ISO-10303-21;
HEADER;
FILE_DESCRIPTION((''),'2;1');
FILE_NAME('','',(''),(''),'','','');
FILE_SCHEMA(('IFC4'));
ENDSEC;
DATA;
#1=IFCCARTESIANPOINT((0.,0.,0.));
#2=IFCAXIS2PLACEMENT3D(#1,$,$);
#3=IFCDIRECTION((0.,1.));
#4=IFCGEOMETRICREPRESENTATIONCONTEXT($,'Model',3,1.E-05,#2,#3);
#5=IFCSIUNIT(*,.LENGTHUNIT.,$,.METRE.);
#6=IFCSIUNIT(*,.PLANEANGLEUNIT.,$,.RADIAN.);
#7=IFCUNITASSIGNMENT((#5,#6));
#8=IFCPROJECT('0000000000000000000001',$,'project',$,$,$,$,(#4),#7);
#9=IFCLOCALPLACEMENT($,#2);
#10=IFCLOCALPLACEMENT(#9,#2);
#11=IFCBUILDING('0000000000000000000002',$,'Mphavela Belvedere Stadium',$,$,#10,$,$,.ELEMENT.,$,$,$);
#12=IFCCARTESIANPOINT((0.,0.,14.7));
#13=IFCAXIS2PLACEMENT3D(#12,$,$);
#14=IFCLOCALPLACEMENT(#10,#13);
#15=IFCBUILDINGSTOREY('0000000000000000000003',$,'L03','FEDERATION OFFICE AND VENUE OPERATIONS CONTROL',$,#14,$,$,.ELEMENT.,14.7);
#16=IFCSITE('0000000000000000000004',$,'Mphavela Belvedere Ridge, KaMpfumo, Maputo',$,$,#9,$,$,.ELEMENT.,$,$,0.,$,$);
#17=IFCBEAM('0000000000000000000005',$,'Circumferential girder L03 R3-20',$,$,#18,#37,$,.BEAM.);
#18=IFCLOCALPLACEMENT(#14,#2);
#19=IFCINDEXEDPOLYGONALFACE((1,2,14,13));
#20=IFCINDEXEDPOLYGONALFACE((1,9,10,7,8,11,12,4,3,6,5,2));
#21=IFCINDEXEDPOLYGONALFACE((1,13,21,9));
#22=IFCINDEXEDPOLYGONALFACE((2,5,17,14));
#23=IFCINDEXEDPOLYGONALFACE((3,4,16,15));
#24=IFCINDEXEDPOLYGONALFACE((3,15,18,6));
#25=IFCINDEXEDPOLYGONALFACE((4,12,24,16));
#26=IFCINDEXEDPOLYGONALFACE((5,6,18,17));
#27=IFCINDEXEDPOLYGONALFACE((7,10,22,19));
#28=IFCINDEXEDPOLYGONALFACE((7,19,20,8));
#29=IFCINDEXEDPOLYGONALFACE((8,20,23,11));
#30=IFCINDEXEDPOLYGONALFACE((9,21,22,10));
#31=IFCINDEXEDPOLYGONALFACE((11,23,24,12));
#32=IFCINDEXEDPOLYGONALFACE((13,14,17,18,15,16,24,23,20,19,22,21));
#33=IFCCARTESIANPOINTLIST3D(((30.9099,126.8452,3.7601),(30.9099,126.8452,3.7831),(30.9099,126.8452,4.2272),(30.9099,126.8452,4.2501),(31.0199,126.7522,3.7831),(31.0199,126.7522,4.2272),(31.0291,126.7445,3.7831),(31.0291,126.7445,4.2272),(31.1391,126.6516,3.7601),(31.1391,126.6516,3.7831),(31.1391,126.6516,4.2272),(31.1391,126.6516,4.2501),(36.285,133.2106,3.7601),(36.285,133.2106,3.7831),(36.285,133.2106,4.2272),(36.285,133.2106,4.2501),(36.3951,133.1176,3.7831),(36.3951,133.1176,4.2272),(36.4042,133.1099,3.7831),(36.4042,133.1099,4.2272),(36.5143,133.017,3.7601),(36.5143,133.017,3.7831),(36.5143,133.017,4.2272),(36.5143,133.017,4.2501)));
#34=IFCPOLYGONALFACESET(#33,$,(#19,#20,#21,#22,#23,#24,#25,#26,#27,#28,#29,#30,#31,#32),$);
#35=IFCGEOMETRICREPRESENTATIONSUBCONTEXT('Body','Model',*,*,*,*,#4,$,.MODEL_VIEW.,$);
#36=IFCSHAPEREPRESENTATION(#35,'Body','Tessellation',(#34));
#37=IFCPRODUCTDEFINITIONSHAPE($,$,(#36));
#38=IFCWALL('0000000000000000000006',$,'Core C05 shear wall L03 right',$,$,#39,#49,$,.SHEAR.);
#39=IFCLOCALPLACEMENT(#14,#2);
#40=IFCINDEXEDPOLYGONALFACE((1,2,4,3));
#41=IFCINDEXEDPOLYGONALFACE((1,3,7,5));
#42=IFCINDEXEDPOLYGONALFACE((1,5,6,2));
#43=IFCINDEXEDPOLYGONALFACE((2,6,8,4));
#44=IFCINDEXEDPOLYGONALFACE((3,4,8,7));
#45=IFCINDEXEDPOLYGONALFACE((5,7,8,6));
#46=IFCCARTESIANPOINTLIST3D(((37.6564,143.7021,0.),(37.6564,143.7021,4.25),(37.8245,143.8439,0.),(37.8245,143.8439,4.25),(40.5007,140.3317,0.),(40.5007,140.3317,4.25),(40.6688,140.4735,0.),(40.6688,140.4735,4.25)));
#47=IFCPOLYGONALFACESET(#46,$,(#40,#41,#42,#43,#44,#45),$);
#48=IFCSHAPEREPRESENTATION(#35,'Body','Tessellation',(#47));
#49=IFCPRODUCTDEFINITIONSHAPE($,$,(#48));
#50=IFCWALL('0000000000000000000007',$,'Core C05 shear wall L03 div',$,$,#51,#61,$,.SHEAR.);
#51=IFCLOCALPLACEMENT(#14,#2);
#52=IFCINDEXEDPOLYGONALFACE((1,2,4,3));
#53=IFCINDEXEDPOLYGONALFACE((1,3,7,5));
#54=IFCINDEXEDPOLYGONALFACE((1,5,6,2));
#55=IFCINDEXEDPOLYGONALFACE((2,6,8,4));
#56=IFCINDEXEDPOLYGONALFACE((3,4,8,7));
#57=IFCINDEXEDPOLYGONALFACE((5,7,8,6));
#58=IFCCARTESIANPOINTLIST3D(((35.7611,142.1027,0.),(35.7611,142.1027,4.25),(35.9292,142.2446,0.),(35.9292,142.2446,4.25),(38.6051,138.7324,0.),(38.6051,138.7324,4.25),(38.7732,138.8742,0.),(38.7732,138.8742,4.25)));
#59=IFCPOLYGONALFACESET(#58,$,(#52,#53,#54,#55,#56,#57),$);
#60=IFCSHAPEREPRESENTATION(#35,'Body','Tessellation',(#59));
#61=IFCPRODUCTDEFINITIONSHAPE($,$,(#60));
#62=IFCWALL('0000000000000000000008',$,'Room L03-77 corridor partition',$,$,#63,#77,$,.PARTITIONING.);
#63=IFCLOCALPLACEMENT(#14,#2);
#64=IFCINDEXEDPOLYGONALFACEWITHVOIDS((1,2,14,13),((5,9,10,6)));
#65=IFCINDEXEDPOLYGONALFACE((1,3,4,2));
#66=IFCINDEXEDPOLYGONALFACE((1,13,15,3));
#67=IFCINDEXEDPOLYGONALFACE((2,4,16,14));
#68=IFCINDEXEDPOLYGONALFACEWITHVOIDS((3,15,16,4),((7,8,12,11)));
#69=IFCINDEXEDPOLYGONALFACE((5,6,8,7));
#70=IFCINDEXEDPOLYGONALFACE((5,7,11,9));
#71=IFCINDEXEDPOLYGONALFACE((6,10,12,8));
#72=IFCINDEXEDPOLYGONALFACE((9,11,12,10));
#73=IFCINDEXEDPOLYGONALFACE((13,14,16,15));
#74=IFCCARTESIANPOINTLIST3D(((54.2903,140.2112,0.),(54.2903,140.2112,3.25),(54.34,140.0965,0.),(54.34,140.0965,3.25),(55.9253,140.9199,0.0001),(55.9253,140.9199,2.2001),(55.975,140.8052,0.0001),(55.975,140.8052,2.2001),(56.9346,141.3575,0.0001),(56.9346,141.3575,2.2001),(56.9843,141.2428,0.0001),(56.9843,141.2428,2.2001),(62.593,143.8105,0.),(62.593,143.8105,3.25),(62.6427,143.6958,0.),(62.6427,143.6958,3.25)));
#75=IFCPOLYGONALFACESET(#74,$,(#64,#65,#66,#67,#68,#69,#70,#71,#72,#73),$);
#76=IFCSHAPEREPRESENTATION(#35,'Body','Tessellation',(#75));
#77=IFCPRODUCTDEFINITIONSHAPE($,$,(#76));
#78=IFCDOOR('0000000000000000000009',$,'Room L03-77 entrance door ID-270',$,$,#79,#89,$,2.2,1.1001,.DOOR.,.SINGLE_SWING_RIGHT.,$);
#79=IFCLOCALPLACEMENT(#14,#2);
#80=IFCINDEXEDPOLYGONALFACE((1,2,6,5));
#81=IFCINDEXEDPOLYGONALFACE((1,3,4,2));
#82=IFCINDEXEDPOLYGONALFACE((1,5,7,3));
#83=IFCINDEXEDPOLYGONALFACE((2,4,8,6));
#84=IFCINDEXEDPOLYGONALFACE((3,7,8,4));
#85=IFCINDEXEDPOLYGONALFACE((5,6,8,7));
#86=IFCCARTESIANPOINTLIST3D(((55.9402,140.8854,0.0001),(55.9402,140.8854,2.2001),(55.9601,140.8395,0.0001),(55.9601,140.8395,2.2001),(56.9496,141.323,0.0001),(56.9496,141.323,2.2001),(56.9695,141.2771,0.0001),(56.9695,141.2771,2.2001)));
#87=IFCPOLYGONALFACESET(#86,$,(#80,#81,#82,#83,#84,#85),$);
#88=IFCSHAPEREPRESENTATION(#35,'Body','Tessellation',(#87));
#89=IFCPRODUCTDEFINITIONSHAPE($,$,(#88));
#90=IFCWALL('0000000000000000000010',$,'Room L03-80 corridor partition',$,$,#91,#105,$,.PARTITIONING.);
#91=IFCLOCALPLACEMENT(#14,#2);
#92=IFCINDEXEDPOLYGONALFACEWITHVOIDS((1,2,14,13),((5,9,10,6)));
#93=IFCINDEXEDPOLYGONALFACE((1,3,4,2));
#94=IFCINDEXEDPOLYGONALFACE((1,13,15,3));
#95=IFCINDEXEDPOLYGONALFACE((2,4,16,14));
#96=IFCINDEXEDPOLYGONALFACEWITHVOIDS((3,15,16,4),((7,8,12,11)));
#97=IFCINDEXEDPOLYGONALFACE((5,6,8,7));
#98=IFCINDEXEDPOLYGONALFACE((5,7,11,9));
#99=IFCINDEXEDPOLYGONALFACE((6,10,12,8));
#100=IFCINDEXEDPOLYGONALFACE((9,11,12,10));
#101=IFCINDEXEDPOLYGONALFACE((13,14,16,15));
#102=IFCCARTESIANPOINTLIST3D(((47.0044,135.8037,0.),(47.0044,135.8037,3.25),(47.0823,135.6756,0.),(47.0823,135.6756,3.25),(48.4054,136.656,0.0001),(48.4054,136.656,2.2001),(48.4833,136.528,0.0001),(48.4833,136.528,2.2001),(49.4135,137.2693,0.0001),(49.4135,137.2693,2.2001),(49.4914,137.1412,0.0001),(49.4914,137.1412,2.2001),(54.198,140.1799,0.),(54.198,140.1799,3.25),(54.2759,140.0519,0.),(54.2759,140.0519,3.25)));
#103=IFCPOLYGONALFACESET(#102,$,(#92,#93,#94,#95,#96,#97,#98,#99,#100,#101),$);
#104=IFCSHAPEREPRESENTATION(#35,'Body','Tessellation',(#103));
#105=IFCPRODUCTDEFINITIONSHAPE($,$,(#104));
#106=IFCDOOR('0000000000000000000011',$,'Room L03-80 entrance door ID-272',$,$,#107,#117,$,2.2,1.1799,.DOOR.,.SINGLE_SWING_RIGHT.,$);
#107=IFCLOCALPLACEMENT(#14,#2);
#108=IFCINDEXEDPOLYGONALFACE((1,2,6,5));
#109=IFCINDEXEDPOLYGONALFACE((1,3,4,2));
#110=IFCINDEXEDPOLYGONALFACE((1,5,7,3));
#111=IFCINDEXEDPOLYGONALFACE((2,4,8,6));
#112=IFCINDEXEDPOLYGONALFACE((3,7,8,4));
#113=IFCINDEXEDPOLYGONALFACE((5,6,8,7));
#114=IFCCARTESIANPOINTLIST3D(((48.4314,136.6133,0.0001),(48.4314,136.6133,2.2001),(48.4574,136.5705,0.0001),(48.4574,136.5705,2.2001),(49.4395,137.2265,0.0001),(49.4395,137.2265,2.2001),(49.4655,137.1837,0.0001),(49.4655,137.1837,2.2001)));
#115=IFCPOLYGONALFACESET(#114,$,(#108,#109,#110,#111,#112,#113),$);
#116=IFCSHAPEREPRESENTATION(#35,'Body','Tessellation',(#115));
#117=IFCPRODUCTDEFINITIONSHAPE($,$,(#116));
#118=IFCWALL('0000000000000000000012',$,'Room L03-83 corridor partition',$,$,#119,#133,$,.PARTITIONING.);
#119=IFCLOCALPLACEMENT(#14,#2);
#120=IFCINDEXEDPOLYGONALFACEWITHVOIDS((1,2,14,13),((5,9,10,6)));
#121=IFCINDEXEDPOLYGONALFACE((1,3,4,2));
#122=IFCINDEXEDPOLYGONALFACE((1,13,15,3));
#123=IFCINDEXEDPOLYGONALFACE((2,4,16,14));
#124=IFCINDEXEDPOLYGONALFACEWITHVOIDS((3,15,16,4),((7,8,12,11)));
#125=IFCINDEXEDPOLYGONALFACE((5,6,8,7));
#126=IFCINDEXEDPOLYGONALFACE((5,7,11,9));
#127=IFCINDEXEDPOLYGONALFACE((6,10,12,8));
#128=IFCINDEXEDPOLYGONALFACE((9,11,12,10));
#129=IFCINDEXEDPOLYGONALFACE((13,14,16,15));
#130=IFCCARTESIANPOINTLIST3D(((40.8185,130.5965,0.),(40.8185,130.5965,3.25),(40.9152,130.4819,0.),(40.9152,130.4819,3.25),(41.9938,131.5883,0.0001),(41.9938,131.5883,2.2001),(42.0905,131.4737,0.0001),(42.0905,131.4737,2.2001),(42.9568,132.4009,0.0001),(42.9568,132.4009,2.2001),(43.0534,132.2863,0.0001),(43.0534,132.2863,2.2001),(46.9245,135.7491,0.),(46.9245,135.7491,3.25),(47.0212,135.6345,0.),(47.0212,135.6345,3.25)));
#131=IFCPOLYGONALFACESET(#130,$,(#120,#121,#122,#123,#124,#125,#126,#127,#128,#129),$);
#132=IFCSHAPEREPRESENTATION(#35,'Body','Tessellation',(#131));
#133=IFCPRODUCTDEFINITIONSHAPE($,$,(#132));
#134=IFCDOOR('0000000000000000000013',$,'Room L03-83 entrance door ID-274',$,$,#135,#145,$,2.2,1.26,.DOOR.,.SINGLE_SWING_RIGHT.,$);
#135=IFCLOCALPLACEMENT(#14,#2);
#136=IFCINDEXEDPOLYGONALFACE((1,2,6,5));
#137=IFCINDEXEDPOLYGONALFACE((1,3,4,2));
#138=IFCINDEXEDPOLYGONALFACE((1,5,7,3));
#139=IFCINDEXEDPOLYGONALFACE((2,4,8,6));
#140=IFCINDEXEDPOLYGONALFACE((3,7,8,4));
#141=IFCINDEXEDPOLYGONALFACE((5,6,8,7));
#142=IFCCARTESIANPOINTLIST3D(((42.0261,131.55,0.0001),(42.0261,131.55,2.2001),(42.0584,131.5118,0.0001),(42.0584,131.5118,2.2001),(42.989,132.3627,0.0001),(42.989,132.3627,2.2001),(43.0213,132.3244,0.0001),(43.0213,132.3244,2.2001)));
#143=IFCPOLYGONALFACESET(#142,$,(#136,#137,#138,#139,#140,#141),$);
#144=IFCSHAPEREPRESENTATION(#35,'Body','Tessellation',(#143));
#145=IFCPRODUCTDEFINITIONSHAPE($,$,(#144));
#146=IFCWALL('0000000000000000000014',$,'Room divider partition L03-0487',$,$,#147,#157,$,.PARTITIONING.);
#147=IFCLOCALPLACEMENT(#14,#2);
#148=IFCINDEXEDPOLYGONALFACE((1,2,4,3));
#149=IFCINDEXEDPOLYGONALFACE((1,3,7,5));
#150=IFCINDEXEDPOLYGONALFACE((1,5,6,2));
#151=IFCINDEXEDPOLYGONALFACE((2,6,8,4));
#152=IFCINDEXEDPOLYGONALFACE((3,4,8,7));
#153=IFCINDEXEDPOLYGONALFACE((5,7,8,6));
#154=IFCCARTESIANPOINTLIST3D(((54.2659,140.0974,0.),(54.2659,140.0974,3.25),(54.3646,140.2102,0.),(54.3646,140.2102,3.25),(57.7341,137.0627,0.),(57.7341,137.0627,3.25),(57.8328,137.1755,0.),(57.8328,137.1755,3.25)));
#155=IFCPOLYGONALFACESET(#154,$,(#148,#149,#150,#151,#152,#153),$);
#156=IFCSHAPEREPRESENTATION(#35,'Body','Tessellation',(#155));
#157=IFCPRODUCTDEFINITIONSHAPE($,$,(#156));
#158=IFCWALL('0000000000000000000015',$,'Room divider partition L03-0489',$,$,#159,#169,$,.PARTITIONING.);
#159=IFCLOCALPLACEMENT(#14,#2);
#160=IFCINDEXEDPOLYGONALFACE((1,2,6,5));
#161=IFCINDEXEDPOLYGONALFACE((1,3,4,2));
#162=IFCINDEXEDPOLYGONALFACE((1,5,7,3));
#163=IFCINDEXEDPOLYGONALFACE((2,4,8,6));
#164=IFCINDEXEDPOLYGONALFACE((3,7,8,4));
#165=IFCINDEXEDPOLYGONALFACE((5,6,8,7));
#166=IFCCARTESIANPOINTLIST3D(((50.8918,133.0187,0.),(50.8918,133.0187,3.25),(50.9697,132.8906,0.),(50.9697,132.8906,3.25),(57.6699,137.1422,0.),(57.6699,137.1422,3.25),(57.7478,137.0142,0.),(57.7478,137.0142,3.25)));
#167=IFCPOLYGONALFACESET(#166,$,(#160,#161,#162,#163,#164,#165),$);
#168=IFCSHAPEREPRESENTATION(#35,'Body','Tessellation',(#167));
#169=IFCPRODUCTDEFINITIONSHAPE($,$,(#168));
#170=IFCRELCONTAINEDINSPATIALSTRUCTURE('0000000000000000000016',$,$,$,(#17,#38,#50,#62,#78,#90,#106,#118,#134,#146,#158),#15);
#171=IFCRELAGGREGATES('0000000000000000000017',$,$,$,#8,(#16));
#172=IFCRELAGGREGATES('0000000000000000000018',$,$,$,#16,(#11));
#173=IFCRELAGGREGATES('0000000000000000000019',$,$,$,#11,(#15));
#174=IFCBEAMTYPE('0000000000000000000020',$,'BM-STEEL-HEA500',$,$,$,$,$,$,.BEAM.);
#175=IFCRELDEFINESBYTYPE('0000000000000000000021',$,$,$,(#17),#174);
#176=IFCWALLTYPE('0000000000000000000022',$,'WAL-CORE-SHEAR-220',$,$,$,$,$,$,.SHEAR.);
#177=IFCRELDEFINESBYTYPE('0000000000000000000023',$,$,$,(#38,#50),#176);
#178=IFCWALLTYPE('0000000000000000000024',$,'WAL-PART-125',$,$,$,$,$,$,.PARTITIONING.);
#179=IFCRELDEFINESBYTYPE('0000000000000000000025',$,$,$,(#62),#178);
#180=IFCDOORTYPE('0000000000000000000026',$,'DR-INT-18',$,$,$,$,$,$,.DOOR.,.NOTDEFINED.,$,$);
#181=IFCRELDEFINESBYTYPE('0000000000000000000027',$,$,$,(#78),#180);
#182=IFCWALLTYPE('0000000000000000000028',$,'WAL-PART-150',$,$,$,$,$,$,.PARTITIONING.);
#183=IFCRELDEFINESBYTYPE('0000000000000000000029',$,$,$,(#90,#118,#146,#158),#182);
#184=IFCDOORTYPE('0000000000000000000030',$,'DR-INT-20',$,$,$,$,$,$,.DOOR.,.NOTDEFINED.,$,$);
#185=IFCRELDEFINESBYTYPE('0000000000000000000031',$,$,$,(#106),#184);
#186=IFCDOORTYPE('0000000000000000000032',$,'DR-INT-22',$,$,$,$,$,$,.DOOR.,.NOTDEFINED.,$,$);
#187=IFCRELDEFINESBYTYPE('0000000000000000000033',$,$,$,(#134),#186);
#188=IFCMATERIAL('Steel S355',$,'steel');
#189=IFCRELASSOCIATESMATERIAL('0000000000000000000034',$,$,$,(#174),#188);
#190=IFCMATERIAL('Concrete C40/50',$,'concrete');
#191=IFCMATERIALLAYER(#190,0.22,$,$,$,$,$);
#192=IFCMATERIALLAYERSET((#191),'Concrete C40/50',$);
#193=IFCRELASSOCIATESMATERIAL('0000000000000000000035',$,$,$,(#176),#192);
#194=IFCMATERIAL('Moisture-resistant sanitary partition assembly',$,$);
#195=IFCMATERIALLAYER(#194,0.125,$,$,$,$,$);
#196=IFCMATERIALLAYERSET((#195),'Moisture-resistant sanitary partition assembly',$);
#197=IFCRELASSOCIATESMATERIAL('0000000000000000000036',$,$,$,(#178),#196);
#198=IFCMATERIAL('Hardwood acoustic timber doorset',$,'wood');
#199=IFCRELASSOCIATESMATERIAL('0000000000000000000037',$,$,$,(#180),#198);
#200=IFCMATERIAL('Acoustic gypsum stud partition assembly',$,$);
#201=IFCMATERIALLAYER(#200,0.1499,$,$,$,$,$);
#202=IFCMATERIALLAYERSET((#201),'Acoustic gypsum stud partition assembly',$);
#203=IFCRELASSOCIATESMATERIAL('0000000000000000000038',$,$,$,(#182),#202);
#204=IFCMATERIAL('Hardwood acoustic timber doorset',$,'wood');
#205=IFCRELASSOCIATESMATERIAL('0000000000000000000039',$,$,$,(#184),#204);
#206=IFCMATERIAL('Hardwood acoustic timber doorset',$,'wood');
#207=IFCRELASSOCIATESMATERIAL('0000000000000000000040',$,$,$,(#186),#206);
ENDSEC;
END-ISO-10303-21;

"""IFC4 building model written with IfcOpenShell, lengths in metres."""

from ifc_helpers import new_model, si_unit, direction, frame, frame_2d, origin, origin_2d, place, context, subcontext, project, spatial, rectangle, i_section, extrude, material, layer, layer_set, material_profile, profile_set, type_object, element, fill, save


model = new_model("IFC4")

# Units and contexts
model_context = context("Model", 3, precision=1e-05, world=origin(), true_north=direction((0.0, 1.0)))
body_context = subcontext(model_context, "Body", "Model", "MODEL_VIEW")
ifc_project = project(units=[si_unit("LENGTHUNIT", "METRE"), si_unit("PLANEANGLEUNIT", "RADIAN")], contexts=[model_context])

# Site, building, storey
site_placement = place(None, origin())
site = spatial("IfcSite", under=ifc_project, at=site_placement, Name="Mphavela Belvedere Ridge, KaMpfumo, Maputo", CompositionType="ELEMENT", RefElevation=0.0)
building_placement = place(site_placement, origin())
building = spatial("IfcBuilding", under=site, at=building_placement, Name="Mphavela Belvedere Stadium", CompositionType="ELEMENT")
storey_placement = place(building_placement, frame((0.0, 0.0, 14.7)))
storey = spatial("IfcBuildingStorey", under=building, at=storey_placement, Name="L03", Description="FEDERATION OFFICE AND VENUE OPERATIONS CONTROL", CompositionType="ELEMENT", Elevation=14.7)

# Beam
ifc_material_1 = material(Name="Steel S355", Category="steel")
ifc_material_profile_1 = material_profile(ifc_material_1, i_section(OverallWidth=0.3, OverallDepth=0.49, WebThickness=0.012, FlangeThickness=0.0229, at=origin_2d()), Name="HEA 500")
ifc_profile_set_1 = profile_set([ifc_material_profile_1], Name="Steel S355")
beam_type_1 = type_object("IfcBeamType", Name="BM-STEEL-HEA500", PredefinedType="BEAM", material=ifc_profile_set_1)
beam_1_placement = place(storey_placement, frame((36.3997, 133.1138, 4.0051), z_axis=(-0.645177, -0.764033, 0.0), x_axis=(0.764033, -0.645177, 0.0)))
element("IfcBeam", 1, at=beam_1_placement, inside=storey, type_object=beam_type_1, Name="Circumferential girder L03 R3-20", PredefinedType="BEAM", context=body_context, shape_type="SweptSolid", body=[
    extrude(i_section(OverallWidth=0.3, OverallDepth=0.49, WebThickness=0.012, FlangeThickness=0.0229, at=origin_2d()), origin(), (0.0, 0.0, 1.0), 8.3313),
])

# Walls
ifc_material_2 = material(Name="Concrete C40/50", Category="concrete")
ifc_layer_1 = layer(ifc_material_2, 0.22)
ifc_layer_set_1 = layer_set([ifc_layer_1], Name="Concrete C40/50")
wall_type_1 = type_object("IfcWallType", Name="WAL-CORE-SHEAR-220", PredefinedType="SHEAR", material=ifc_layer_set_1)
wall_1_placement = place(storey_placement, frame((40.5847, 140.4026, 0.0), z_axis=(0.0, 0.0, 1.0), x_axis=(-0.644937, 0.764236, 0.0)))
element("IfcWall", 2, at=wall_1_placement, inside=storey, type_object=wall_type_1, Name="Core C05 shear wall L03 right", PredefinedType="SHEAR", context=body_context, shape_type="SweptSolid", body=[
    extrude(rectangle(XDim=4.4102, YDim=0.22, at=frame_2d((2.2051, 0.0))), origin(), (0.0, 0.0, 1.0), 4.25),
])
wall_2_placement = place(storey_placement, frame((38.6892, 138.8032, 0.0), z_axis=(0.0, 0.0, 1.0), x_axis=(-0.644904, 0.764263, 0.0)))
element("IfcWall", 3, at=wall_2_placement, inside=storey, type_object=wall_type_1, Name="Core C05 shear wall L03 div", PredefinedType="SHEAR", context=body_context, shape_type="SweptSolid", body=[
    extrude(rectangle(XDim=4.4099, YDim=0.22, at=frame_2d((2.2051, 0.0))), origin(), (0.0, 0.0, 1.0), 4.25),
])

# Walls, openings, doors
ifc_material_3 = material(Name="Moisture-resistant sanitary partition assembly")
ifc_layer_2 = layer(ifc_material_3, 0.125)
ifc_layer_set_2 = layer_set([ifc_layer_2], Name="Moisture-resistant sanitary partition assembly")
wall_type_2 = type_object("IfcWallType", Name="WAL-PART-125", PredefinedType="PARTITIONING", material=ifc_layer_set_2)
wall_3_placement = place(storey_placement, frame((54.3152, 140.1538, 0.0), z_axis=(0.0, 0.0, 1.0), x_axis=(0.917495, 0.397748, 0.0)))
wall_3 = element("IfcWall", 4, at=wall_3_placement, inside=storey, type_object=wall_type_2, Name="Room L03-77 corridor partition", PredefinedType="PARTITIONING", context=body_context, shape_type="SweptSolid", body=[
    extrude(rectangle(XDim=9.0493, YDim=0.125, at=frame_2d((4.5247, 0.0))), origin(), (0.0, 0.0, 1.0), 3.25),
])
opening_1_placement = place(wall_3_placement, frame((1.782, 0.0, 0.0)))
opening_1 = element("IfcOpeningElement", 5, at=opening_1_placement, cuts=wall_3, PredefinedType="OPENING", context=body_context, shape_type="SweptSolid", body=[
    extrude(rectangle(XDim=1.1001, YDim=2.2, at=frame_2d((0.55, 1.1001))), frame((0.0, 0.0725, 0.0), z_axis=(0.0, -1.0, 0.0), x_axis=(1.0, 0.0, 0.0)), (0.0, 0.0, 1.0), 0.145),
])
ifc_material_4 = material(Name="Hardwood acoustic timber doorset", Category="wood")
door_type_1 = type_object("IfcDoorType", Name="DR-INT-18", OperationType="NOTDEFINED", PredefinedType="DOOR", material=ifc_material_4)
door_1_placement = place(opening_1_placement, origin())
door_1 = element("IfcDoor", 6, at=door_1_placement, inside=storey, type_object=door_type_1, Name="Room L03-77 entrance door ID-270", OperationType="SINGLE_SWING_RIGHT", OverallHeight=2.2, OverallWidth=1.1001, PredefinedType="DOOR", context=body_context, shape_type="SweptSolid", body=[
    extrude(rectangle(XDim=1.1001, YDim=2.2, at=frame_2d((0.55, 1.1001))), frame((0.0, 0.0249, 0.0), z_axis=(0.0, -1.0, 0.0), x_axis=(1.0, 0.0, 0.0)), (0.0, 0.0, 1.0), 0.05),
])
fill(opening_1, door_1)
ifc_material_5 = material(Name="Acoustic gypsum stud partition assembly")
ifc_layer_3 = layer(ifc_material_5, 0.1499)
ifc_layer_set_3 = layer_set([ifc_layer_3], Name="Acoustic gypsum stud partition assembly")
wall_type_3 = type_object("IfcWallType", Name="WAL-PART-150", PredefinedType="PARTITIONING", material=ifc_layer_set_3)
wall_4_placement = place(storey_placement, frame((47.0435, 135.7397, 0.0), z_axis=(0.0, 0.0, 1.0), x_axis=(0.85433, 0.519731, 0.0)))
wall_4 = element("IfcWall", 7, at=wall_4_placement, inside=storey, type_object=wall_type_3, Name="Room L03-80 corridor partition", PredefinedType="PARTITIONING", context=body_context, shape_type="SweptSolid", body=[
    extrude(rectangle(XDim=8.4202, YDim=0.1499, at=frame_2d((4.21, 0.0))), origin(), (0.0, 0.0, 1.0), 3.25),
])
opening_2_placement = place(wall_4_placement, frame((1.6399, 0.0, 0.0)))
opening_2 = element("IfcOpeningElement", 8, at=opening_2_placement, cuts=wall_4, PredefinedType="OPENING", context=body_context, shape_type="SweptSolid", body=[
    extrude(rectangle(XDim=1.1799, YDim=2.2, at=frame_2d((0.5898, 1.1001))), frame((0.0, 0.085, 0.0), z_axis=(0.0, -1.0, 0.0), x_axis=(1.0, 0.0, 0.0)), (0.0, 0.0, 1.0), 0.1699),
])
ifc_material_6 = material(Name="Hardwood acoustic timber doorset", Category="wood")
door_type_2 = type_object("IfcDoorType", Name="DR-INT-20", OperationType="NOTDEFINED", PredefinedType="DOOR", material=ifc_material_6)
door_2_placement = place(opening_2_placement, origin())
door_2 = element("IfcDoor", 9, at=door_2_placement, inside=storey, type_object=door_type_2, Name="Room L03-80 entrance door ID-272", OperationType="SINGLE_SWING_RIGHT", OverallHeight=2.2, OverallWidth=1.1799, PredefinedType="DOOR", context=body_context, shape_type="SweptSolid", body=[
    extrude(rectangle(XDim=1.1799, YDim=2.2, at=frame_2d((0.5898, 1.1001))), frame((0.0, 0.0249, 0.0), z_axis=(0.0, -1.0, 0.0), x_axis=(1.0, 0.0, 0.0)), (0.0, 0.0, 1.0), 0.05),
])
fill(opening_2, door_2)
wall_5_placement = place(storey_placement, frame((40.8669, 130.5393, 0.0), z_axis=(0.0, 0.0, 1.0), x_axis=(0.764249, 0.644921, 0.0)))
wall_5 = element("IfcWall", 10, at=wall_5_placement, inside=storey, type_object=wall_type_3, Name="Room L03-83 corridor partition", PredefinedType="PARTITIONING", context=body_context, shape_type="SweptSolid", body=[
    extrude(rectangle(XDim=7.9895, YDim=0.1499, at=frame_2d((3.9946, 0.0))), origin(), (0.0, 0.0, 1.0), 3.25),
])
opening_3_placement = place(wall_5_placement, frame((1.5378, 0.0, 0.0)))
opening_3 = element("IfcOpeningElement", 11, at=opening_3_placement, cuts=wall_5, PredefinedType="OPENING", context=body_context, shape_type="SweptSolid", body=[
    extrude(rectangle(XDim=1.26, YDim=2.2, at=frame_2d((0.6299, 1.1001))), frame((0.0, 0.085, 0.0), z_axis=(0.0, -1.0, 0.0), x_axis=(1.0, 0.0, 0.0)), (0.0, 0.0, 1.0), 0.1699),
])
ifc_material_7 = material(Name="Hardwood acoustic timber doorset", Category="wood")
door_type_3 = type_object("IfcDoorType", Name="DR-INT-22", OperationType="NOTDEFINED", PredefinedType="DOOR", material=ifc_material_7)
door_3_placement = place(opening_3_placement, origin())
door_3 = element("IfcDoor", 12, at=door_3_placement, inside=storey, type_object=door_type_3, Name="Room L03-83 entrance door ID-274", OperationType="SINGLE_SWING_RIGHT", OverallHeight=2.2, OverallWidth=1.26, PredefinedType="DOOR", context=body_context, shape_type="SweptSolid", body=[
    extrude(rectangle(XDim=1.26, YDim=2.2, at=frame_2d((0.6299, 1.1001))), frame((0.0, 0.0249, 0.0), z_axis=(0.0, -1.0, 0.0), x_axis=(1.0, 0.0, 0.0)), (0.0, 0.0, 1.0), 0.05),
])
fill(opening_3, door_3)

# Walls
wall_6_placement = place(storey_placement, frame((57.7834, 137.1191, 0.0), z_axis=(0.0, 0.0, 1.0), x_axis=(-0.752583, 0.658497, 0.0)))
element("IfcWall", 13, at=wall_6_placement, inside=storey, type_object=wall_type_3, Name="Room divider partition L03-0487", PredefinedType="PARTITIONING", context=body_context, shape_type="SweptSolid", body=[
    extrude(rectangle(XDim=4.6084, YDim=0.1499, at=frame_2d((2.3042, 0.0))), origin(), (0.0, 0.0, 1.0), 3.25),
])
wall_7_placement = place(storey_placement, frame((57.7087, 137.0781, 0.0), z_axis=(0.0, 0.0, 1.0), x_axis=(-0.854325, -0.51974, 0.0)))
element("IfcWall", 14, at=wall_7_placement, inside=storey, type_object=wall_type_3, Name="Room divider partition L03-0489", PredefinedType="PARTITIONING", context=body_context, shape_type="SweptSolid", body=[
    extrude(rectangle(XDim=7.9338, YDim=0.1499, at=frame_2d((3.9668, 0.0))), origin(), (0.0, 0.0, 1.0), 3.25),
])

save(model, "model.ifc")
